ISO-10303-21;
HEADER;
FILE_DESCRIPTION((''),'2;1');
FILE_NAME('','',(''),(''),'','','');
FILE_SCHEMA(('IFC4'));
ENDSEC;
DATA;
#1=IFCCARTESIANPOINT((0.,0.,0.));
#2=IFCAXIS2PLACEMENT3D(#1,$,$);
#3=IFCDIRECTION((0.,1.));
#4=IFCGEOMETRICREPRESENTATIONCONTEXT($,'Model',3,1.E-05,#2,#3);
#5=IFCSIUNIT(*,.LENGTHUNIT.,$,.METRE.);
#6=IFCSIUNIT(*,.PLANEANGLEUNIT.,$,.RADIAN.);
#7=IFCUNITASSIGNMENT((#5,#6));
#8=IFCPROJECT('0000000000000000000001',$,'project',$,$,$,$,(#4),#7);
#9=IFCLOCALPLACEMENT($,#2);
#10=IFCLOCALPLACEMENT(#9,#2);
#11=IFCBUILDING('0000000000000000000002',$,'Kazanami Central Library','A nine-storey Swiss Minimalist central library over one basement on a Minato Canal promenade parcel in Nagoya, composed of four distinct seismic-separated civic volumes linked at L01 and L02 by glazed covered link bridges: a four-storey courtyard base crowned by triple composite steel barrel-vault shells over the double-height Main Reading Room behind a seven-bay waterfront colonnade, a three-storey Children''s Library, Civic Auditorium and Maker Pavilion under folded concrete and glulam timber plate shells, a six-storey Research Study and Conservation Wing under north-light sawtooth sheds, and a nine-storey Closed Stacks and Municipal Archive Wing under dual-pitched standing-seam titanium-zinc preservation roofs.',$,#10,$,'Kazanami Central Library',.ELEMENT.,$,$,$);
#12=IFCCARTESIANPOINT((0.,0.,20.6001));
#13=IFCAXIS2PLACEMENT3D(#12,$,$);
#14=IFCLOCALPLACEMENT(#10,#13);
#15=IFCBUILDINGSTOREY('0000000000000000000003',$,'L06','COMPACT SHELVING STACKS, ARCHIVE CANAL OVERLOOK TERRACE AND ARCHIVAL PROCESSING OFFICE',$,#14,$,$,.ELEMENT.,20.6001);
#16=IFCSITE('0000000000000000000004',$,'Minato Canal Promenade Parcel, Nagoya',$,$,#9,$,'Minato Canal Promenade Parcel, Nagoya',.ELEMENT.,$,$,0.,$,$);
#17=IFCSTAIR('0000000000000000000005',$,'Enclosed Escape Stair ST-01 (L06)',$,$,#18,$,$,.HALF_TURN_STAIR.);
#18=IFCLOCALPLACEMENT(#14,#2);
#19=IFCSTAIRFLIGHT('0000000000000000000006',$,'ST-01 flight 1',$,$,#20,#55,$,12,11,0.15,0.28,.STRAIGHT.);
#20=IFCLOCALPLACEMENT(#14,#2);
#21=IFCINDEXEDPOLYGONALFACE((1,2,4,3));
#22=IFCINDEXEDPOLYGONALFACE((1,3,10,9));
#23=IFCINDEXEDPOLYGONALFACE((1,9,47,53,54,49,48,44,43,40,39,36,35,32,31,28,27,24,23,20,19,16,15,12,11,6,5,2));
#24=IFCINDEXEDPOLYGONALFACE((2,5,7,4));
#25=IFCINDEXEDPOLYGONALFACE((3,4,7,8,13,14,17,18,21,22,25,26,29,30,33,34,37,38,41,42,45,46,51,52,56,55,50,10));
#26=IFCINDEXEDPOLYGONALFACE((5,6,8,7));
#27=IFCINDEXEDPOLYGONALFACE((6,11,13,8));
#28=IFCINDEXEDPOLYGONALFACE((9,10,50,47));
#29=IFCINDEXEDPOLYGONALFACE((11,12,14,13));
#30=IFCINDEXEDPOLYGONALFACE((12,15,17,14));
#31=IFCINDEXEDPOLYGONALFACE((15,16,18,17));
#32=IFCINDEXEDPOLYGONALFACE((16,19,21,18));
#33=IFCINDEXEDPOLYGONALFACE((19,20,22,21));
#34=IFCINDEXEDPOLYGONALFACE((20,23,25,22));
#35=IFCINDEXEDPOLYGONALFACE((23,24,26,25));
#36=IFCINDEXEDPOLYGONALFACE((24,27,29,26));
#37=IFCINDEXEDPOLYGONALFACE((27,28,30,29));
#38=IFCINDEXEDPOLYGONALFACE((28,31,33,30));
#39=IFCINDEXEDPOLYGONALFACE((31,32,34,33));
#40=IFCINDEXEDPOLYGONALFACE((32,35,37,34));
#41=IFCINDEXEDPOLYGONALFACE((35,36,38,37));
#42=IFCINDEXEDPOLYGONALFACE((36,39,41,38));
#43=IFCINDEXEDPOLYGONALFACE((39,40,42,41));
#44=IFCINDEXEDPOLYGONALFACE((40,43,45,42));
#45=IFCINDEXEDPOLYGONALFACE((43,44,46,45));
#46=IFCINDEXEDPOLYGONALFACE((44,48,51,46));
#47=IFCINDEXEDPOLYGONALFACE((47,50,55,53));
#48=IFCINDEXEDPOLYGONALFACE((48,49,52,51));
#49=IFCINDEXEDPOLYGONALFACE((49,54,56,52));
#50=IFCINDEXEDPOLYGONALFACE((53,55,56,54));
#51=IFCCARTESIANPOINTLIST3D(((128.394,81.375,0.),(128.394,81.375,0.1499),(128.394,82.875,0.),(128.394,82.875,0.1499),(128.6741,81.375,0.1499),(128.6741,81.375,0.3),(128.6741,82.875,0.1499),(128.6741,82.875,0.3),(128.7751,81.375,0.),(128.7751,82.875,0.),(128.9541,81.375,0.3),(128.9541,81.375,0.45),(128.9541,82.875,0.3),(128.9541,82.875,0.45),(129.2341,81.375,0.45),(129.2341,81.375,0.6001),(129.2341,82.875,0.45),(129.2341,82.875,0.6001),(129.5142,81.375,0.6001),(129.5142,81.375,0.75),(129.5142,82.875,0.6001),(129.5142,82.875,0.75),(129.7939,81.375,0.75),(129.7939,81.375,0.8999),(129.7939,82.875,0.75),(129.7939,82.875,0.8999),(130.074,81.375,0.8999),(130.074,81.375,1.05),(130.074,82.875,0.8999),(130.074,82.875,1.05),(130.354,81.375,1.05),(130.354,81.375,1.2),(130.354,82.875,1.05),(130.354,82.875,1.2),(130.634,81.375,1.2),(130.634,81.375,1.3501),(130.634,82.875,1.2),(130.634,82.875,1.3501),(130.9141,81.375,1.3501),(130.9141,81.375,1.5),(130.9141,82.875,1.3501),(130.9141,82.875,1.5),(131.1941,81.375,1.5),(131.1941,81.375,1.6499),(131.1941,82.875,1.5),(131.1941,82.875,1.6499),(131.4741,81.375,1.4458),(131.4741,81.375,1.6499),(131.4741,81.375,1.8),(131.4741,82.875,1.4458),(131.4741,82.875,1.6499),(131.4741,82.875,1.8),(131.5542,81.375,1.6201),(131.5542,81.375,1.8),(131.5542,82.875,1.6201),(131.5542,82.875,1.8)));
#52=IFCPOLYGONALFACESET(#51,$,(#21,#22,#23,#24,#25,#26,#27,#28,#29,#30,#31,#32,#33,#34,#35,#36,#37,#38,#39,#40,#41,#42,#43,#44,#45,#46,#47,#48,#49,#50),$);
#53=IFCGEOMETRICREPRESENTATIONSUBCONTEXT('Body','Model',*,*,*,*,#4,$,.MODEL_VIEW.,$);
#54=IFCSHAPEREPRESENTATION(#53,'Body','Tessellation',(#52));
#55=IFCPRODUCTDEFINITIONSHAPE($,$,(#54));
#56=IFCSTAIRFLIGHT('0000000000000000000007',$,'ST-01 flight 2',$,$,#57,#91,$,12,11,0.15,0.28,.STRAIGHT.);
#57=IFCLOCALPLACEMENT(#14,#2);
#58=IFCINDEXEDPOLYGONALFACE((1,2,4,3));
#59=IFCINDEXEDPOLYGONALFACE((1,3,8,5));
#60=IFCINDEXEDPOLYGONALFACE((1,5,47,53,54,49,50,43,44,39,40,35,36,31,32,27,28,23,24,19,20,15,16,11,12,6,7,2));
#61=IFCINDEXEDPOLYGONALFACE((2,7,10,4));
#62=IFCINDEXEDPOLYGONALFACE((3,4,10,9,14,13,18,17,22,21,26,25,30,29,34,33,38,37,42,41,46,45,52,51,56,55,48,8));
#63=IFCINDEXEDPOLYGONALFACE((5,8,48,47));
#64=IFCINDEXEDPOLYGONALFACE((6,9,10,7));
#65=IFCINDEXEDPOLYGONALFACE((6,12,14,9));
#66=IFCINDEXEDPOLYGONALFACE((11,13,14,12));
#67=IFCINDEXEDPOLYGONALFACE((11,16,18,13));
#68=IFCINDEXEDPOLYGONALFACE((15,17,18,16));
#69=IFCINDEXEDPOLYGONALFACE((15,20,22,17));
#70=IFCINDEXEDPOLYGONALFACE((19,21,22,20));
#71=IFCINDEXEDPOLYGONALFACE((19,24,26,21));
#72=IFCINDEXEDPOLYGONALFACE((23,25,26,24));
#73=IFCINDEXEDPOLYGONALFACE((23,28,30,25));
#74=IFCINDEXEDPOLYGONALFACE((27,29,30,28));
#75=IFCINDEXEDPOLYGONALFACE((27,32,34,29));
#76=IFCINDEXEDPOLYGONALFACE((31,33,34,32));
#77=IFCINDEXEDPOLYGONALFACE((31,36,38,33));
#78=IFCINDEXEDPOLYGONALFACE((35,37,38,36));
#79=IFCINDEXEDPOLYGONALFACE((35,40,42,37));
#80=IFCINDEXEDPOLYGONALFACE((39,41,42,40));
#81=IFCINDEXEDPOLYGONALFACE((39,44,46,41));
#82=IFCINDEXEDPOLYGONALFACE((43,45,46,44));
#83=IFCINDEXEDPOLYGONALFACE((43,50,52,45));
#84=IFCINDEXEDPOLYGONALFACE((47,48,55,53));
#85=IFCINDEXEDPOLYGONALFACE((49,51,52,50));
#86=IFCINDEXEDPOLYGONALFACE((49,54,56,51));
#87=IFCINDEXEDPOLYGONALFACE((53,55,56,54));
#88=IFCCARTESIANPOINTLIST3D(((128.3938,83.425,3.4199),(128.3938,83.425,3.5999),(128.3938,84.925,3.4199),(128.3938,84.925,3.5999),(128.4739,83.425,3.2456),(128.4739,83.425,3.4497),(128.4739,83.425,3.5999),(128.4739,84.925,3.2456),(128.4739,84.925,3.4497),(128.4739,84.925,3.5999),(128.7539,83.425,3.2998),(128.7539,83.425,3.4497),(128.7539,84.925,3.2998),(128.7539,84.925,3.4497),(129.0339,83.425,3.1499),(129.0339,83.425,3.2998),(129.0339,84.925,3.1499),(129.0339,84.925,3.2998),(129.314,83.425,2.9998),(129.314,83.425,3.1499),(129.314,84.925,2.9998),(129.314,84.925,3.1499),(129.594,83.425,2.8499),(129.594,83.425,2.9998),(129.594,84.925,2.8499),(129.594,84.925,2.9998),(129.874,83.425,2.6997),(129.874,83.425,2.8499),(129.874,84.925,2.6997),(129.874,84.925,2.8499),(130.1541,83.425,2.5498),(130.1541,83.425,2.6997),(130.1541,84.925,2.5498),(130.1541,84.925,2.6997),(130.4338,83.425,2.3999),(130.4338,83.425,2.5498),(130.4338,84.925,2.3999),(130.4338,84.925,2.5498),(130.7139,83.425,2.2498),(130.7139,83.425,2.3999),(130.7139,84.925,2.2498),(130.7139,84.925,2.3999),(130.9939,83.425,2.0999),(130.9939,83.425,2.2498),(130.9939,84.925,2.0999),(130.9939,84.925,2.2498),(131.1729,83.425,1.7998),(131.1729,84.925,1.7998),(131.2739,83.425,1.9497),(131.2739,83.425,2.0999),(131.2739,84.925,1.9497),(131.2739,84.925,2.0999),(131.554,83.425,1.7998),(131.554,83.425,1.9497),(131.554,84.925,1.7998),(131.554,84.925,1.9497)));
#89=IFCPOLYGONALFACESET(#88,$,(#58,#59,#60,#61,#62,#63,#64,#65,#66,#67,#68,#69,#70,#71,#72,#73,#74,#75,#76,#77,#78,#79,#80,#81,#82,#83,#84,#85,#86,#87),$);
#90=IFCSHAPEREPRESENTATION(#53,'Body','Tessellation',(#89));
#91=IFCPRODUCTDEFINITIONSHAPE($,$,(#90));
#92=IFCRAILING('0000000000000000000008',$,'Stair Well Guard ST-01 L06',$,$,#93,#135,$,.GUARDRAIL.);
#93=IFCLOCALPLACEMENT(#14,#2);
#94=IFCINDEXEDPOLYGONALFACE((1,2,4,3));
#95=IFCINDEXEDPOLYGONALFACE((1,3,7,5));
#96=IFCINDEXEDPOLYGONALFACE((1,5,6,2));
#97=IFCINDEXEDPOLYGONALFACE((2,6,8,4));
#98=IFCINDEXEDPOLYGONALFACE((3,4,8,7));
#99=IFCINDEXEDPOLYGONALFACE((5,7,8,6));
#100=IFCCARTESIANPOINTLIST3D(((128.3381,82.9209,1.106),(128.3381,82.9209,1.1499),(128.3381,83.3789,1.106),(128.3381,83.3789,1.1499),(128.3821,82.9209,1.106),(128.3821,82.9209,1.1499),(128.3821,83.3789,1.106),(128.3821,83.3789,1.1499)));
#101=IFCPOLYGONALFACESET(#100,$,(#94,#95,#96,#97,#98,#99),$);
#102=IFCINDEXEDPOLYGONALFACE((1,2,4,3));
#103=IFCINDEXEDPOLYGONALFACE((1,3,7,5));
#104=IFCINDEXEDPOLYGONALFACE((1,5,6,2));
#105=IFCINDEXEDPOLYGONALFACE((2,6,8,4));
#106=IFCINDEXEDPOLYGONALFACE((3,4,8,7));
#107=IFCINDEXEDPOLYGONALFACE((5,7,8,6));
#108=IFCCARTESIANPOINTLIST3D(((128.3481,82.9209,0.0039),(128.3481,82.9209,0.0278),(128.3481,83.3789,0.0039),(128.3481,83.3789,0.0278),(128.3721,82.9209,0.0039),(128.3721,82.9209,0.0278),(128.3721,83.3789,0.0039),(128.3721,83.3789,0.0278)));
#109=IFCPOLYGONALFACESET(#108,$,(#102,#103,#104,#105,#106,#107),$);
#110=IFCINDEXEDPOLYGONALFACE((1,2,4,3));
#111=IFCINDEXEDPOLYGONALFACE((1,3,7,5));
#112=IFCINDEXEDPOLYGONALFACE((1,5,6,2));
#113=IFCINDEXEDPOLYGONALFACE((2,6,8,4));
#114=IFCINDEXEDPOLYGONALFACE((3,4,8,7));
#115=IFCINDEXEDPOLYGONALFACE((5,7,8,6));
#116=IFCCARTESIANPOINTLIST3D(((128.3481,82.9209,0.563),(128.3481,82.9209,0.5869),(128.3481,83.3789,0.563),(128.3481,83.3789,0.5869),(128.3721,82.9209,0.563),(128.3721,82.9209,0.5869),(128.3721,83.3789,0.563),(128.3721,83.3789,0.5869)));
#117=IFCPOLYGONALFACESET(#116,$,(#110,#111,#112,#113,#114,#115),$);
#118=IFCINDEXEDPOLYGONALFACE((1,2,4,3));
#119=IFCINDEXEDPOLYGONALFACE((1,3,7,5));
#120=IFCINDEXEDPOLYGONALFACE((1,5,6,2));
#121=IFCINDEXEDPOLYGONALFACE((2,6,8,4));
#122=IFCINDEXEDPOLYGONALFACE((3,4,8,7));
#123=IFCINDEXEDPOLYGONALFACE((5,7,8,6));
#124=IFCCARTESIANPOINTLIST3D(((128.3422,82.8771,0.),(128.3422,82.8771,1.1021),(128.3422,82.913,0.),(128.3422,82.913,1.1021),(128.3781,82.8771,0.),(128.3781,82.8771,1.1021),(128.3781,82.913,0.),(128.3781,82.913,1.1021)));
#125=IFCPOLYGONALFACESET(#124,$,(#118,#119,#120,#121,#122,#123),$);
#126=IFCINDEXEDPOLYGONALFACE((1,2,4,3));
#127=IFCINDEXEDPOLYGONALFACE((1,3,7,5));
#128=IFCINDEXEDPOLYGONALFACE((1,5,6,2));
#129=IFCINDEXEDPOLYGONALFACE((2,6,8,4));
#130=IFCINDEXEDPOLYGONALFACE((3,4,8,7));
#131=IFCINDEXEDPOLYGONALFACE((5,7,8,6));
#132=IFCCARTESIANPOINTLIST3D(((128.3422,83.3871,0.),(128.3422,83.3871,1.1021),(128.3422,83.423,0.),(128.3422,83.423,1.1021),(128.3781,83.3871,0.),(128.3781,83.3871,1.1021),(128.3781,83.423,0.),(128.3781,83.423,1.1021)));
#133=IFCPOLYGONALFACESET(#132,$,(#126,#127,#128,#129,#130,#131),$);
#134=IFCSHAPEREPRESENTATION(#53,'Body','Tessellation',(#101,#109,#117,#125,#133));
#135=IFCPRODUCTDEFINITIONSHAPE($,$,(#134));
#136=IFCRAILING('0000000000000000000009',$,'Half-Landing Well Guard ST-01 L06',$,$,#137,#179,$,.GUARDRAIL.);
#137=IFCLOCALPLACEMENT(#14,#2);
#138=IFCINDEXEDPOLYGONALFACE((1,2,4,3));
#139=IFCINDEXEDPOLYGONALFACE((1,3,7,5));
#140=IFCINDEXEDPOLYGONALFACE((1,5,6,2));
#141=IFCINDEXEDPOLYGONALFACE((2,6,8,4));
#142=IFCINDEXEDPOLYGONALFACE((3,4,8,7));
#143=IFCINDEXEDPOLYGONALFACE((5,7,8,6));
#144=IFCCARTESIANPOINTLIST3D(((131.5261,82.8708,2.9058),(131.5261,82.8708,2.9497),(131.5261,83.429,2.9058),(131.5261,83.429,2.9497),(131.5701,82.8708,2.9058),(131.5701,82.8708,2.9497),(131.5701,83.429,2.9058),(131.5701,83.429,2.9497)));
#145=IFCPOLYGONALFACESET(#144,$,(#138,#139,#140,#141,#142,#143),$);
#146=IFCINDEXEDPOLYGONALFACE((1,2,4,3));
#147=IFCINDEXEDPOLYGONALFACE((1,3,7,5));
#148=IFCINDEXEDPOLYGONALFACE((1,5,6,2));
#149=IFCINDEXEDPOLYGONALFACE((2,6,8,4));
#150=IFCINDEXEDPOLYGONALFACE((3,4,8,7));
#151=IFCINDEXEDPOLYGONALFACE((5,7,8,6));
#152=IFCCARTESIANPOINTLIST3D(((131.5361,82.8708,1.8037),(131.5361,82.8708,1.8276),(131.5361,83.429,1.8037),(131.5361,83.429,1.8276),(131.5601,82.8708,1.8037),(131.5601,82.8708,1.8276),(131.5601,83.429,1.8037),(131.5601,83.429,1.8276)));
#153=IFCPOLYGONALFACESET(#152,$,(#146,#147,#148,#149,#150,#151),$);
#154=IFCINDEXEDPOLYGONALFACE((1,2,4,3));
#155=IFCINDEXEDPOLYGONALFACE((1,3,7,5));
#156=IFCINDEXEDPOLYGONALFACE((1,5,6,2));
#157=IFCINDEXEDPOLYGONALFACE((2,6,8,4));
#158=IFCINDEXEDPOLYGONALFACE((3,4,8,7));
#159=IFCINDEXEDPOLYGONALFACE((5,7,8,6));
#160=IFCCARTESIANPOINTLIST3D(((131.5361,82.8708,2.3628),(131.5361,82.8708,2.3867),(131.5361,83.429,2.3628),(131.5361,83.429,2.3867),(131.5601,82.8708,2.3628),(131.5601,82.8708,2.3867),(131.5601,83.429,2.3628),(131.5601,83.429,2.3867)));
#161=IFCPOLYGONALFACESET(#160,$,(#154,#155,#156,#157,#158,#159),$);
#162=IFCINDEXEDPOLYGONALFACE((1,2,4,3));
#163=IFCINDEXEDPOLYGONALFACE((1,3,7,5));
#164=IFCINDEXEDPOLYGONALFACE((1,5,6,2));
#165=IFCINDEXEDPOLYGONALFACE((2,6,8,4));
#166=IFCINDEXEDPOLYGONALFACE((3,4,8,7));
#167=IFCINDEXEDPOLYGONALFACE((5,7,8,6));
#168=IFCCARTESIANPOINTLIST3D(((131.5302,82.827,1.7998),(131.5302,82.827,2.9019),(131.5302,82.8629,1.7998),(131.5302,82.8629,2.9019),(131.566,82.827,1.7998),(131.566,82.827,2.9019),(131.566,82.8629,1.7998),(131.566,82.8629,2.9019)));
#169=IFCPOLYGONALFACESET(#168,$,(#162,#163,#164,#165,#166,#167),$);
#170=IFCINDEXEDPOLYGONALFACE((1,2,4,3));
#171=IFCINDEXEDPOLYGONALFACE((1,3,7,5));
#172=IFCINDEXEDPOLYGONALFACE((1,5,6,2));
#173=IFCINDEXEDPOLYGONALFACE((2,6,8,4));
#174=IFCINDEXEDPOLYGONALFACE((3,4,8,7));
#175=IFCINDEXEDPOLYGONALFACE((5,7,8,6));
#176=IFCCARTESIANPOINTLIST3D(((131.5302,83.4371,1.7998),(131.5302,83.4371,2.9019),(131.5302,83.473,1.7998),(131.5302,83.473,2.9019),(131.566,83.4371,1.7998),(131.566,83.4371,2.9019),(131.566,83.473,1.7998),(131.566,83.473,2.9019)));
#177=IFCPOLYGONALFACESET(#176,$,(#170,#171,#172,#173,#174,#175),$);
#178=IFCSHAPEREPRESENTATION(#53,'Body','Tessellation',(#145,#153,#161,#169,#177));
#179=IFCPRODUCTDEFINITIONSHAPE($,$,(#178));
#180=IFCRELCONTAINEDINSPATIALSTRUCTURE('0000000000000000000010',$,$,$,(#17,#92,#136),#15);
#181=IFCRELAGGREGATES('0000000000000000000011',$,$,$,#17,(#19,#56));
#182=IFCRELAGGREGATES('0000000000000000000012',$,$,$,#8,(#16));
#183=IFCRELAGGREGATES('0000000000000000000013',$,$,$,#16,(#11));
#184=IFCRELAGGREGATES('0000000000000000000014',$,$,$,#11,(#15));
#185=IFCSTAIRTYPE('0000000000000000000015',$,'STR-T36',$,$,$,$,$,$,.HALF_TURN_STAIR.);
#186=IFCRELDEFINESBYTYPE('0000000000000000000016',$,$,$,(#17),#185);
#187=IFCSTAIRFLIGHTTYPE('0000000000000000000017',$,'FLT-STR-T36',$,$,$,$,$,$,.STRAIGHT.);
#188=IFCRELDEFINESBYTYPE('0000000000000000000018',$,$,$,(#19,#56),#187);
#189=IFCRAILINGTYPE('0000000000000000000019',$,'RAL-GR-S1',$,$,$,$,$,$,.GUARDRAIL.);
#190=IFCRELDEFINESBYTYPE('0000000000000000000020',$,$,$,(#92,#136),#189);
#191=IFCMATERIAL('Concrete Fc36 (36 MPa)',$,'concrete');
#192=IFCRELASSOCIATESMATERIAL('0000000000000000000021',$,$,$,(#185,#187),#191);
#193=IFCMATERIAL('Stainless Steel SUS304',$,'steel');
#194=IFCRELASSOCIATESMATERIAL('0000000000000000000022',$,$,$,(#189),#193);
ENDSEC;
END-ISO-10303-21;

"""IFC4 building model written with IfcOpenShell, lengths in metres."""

from ifc_helpers import new_model, si_unit, direction, frame, origin, origin_2d, place, context, subcontext, project, spatial, polyline, rectangle, outline, extrude, material, type_object, element, aggregate, save


model = new_model("IFC4")

# Units and contexts
model_context = context("Model", 3, precision=1e-05, world=origin(), true_north=direction((0.0, 1.0)))
body_context = subcontext(model_context, "Body", "Model", "MODEL_VIEW")
ifc_project = project(units=[si_unit("LENGTHUNIT", "METRE"), si_unit("PLANEANGLEUNIT", "RADIAN")], contexts=[model_context])

# Site, building, storey
site_placement = place(None, origin())
site = spatial("IfcSite", under=ifc_project, at=site_placement, Name="Minato Canal Promenade Parcel, Nagoya", LongName="Minato Canal Promenade Parcel, Nagoya", CompositionType="ELEMENT", RefElevation=0.0)
building_placement = place(site_placement, origin())
building = spatial("IfcBuilding", under=site, at=building_placement, Name="Kazanami Central Library", Description="A nine-storey Swiss Minimalist central library over one basement on a Minato Canal promenade parcel in Nagoya, composed of four distinct seismic-separated civic volumes linked at L01 and L02 by glazed covered link bridges: a four-storey courtyard base crowned by triple composite steel barrel-vault shells over the double-height Main Reading Room behind a seven-bay waterfront colonnade, a three-storey Children's Library, Civic Auditorium and Maker Pavilion under folded concrete and glulam timber plate shells, a six-storey Research Study and Conservation Wing under north-light sawtooth sheds, and a nine-storey Closed Stacks and Municipal Archive Wing under dual-pitched standing-seam titanium-zinc preservation roofs.", LongName="Kazanami Central Library", CompositionType="ELEMENT")
storey_placement = place(building_placement, frame((0.0, 0.0, 20.6001)))
storey = spatial("IfcBuildingStorey", under=building, at=storey_placement, Name="L06", Description="COMPACT SHELVING STACKS, ARCHIVE CANAL OVERLOOK TERRACE AND ARCHIVAL PROCESSING OFFICE", CompositionType="ELEMENT", Elevation=20.6001)

# Shared definitions
ifc_material_1 = material(Name="Concrete Fc36 (36 MPa)", Category="concrete")

# Stair, stair flights
stair_type = type_object("IfcStairType", Name="STR-T36", PredefinedType="HALF_TURN_STAIR", material=ifc_material_1)
stair_placement = place(storey_placement, origin())
stair = element("IfcStair", 1, at=stair_placement, inside=storey, type_object=stair_type, Name="Enclosed Escape Stair ST-01 (L06)", PredefinedType="HALF_TURN_STAIR")
stair_flight_type = type_object("IfcStairFlightType", Name="FLT-STR-T36", PredefinedType="STRAIGHT", material=ifc_material_1)
stair_flight_1_placement = place(storey_placement, frame((128.394, 82.125, 0.0), z_axis=(0.0, 0.0, 1.0), x_axis=(1.0, 0.0, 0.0)))
stair_flight_1 = element("IfcStairFlight", 2, at=stair_flight_1_placement, type_object=stair_flight_type, Name="ST-01 flight 1", NumberOfRisers=12, NumberOfTreads=11, PredefinedType="STRAIGHT", RiserHeight=0.15, TreadLength=0.28, context=body_context, shape_type="SweptSolid", body=[
    extrude(outline(polyline([(0.0, 0.0), (0.0, 0.1499), (0.28, 0.1499), (0.28, 0.3), (0.5601, 0.3), (0.5601, 0.45), (0.8401, 0.45), (0.8401, 0.6001), (1.1201, 0.6001), (1.1201, 0.75), (1.3999, 0.75), (1.3999, 0.8999), (1.6799, 0.8999), (1.6799, 1.05), (1.96, 1.05), (1.96, 1.2), (2.24, 1.2), (2.24, 1.3501), (2.52, 1.3501), (2.52, 1.5), (2.8, 1.5), (2.8, 1.6499), (3.0801, 1.6499), (3.0801, 1.8), (3.1602, 1.8), (3.1602, 1.6201), (3.0801, 1.4458), (0.3811, 0.0), (0.0, 0.0)])), frame((0.0, 0.75, 0.0), z_axis=(0.0, -1.0, 0.0), x_axis=(1.0, 0.0, 0.0)), (0.0, 0.0, 1.0), 1.5),
])
stair_flight_2_placement = place(storey_placement, frame((131.554, 84.175, 1.7998), z_axis=(0.0, 0.0, 1.0), x_axis=(-1.0, 0.0, 0.0)))
stair_flight_2 = element("IfcStairFlight", 3, at=stair_flight_2_placement, type_object=stair_flight_type, Name="ST-01 flight 2", NumberOfRisers=12, NumberOfTreads=11, PredefinedType="STRAIGHT", RiserHeight=0.15, TreadLength=0.28, context=body_context, shape_type="SweptSolid", body=[
    extrude(outline(polyline([(0.0, 0.0), (0.0, 0.1499), (0.28, 0.1499), (0.28, 0.3), (0.5601, 0.3), (0.5601, 0.45), (0.8401, 0.45), (0.8401, 0.6001), (1.1201, 0.6001), (1.1201, 0.75), (1.3999, 0.75), (1.3999, 0.8999), (1.6799, 0.8999), (1.6799, 1.05), (1.96, 1.05), (1.96, 1.2), (2.24, 1.2), (2.24, 1.3501), (2.52, 1.3501), (2.52, 1.5), (2.8, 1.5), (2.8, 1.6499), (3.0801, 1.6499), (3.0801, 1.8), (3.1602, 1.8), (3.1602, 1.6201), (3.0801, 1.4458), (0.3811, 0.0), (0.0, 0.0)])), frame((0.0, 0.75, 0.0), z_axis=(0.0, -1.0, 0.0), x_axis=(1.0, 0.0, 0.0)), (0.0, 0.0, 1.0), 1.5),
])
aggregate(stair, [stair_flight_1, stair_flight_2])

# Railings
ifc_material_2 = material(Name="Stainless Steel SUS304", Category="steel")
railing_type_1 = type_object("IfcRailingType", Name="RAL-GR-S1", PredefinedType="GUARDRAIL", material=ifc_material_2)
railing_1_placement = place(storey_placement, frame((128.3601, 82.895, 0.0)))
element("IfcRailing", 4, at=railing_1_placement, inside=storey, type_object=railing_type_1, Name="Stair Well Guard ST-01 L06", PredefinedType="GUARDRAIL", context=body_context, shape_type="SweptSolid", body=[
    extrude(rectangle(XDim=0.0439, YDim=0.0439, at=origin_2d()), frame((0.0, 0.0259, 1.1279), z_axis=(0.0, 1.0, 0.0), x_axis=(-1.0, 0.0, 0.0)), (0.0, 0.0, 1.0), 0.458),
    extrude(rectangle(XDim=0.0239, YDim=0.0239, at=origin_2d()), frame((0.0, 0.0259, 0.0159), z_axis=(0.0, 1.0, 0.0), x_axis=(-1.0, 0.0, 0.0)), (0.0, 0.0, 1.0), 0.458),
    extrude(rectangle(XDim=0.0239, YDim=0.0239, at=origin_2d()), frame((0.0, 0.0259, 0.575), z_axis=(0.0, 1.0, 0.0), x_axis=(-1.0, 0.0, 0.0)), (0.0, 0.0, 1.0), 0.458),
    extrude(rectangle(XDim=0.0359, YDim=0.0359, at=origin_2d()), origin(), (0.0, 0.0, 1.0), 1.1021),
    extrude(rectangle(XDim=0.0359, YDim=0.0359, at=origin_2d()), frame((0.0, 0.51, 0.0)), (0.0, 0.0, 1.0), 1.1021),
])
railing_2_placement = place(storey_placement, frame((131.5481, 82.845, 1.7998)))
element("IfcRailing", 5, at=railing_2_placement, inside=storey, type_object=railing_type_1, Name="Half-Landing Well Guard ST-01 L06", PredefinedType="GUARDRAIL", context=body_context, shape_type="SweptSolid", body=[
    extrude(rectangle(XDim=0.0439, YDim=0.0439, at=origin_2d()), frame((0.0, 0.0259, 1.1279), z_axis=(0.0, 1.0, 0.0), x_axis=(-1.0, 0.0, 0.0)), (0.0, 0.0, 1.0), 0.5581),
    extrude(rectangle(XDim=0.0239, YDim=0.0239, at=origin_2d()), frame((0.0, 0.0259, 0.0159), z_axis=(0.0, 1.0, 0.0), x_axis=(-1.0, 0.0, 0.0)), (0.0, 0.0, 1.0), 0.5581),
    extrude(rectangle(XDim=0.0239, YDim=0.0239, at=origin_2d()), frame((0.0, 0.0259, 0.575), z_axis=(0.0, 1.0, 0.0), x_axis=(-1.0, 0.0, 0.0)), (0.0, 0.0, 1.0), 0.5581),
    extrude(rectangle(XDim=0.0359, YDim=0.0359, at=origin_2d()), origin(), (0.0, 0.0, 1.0), 1.1021),
    extrude(rectangle(XDim=0.0359, YDim=0.0359, at=origin_2d()), frame((0.0, 0.6101, 0.0)), (0.0, 0.0, 1.0), 1.1021),
])

save(model, "model.ifc")
